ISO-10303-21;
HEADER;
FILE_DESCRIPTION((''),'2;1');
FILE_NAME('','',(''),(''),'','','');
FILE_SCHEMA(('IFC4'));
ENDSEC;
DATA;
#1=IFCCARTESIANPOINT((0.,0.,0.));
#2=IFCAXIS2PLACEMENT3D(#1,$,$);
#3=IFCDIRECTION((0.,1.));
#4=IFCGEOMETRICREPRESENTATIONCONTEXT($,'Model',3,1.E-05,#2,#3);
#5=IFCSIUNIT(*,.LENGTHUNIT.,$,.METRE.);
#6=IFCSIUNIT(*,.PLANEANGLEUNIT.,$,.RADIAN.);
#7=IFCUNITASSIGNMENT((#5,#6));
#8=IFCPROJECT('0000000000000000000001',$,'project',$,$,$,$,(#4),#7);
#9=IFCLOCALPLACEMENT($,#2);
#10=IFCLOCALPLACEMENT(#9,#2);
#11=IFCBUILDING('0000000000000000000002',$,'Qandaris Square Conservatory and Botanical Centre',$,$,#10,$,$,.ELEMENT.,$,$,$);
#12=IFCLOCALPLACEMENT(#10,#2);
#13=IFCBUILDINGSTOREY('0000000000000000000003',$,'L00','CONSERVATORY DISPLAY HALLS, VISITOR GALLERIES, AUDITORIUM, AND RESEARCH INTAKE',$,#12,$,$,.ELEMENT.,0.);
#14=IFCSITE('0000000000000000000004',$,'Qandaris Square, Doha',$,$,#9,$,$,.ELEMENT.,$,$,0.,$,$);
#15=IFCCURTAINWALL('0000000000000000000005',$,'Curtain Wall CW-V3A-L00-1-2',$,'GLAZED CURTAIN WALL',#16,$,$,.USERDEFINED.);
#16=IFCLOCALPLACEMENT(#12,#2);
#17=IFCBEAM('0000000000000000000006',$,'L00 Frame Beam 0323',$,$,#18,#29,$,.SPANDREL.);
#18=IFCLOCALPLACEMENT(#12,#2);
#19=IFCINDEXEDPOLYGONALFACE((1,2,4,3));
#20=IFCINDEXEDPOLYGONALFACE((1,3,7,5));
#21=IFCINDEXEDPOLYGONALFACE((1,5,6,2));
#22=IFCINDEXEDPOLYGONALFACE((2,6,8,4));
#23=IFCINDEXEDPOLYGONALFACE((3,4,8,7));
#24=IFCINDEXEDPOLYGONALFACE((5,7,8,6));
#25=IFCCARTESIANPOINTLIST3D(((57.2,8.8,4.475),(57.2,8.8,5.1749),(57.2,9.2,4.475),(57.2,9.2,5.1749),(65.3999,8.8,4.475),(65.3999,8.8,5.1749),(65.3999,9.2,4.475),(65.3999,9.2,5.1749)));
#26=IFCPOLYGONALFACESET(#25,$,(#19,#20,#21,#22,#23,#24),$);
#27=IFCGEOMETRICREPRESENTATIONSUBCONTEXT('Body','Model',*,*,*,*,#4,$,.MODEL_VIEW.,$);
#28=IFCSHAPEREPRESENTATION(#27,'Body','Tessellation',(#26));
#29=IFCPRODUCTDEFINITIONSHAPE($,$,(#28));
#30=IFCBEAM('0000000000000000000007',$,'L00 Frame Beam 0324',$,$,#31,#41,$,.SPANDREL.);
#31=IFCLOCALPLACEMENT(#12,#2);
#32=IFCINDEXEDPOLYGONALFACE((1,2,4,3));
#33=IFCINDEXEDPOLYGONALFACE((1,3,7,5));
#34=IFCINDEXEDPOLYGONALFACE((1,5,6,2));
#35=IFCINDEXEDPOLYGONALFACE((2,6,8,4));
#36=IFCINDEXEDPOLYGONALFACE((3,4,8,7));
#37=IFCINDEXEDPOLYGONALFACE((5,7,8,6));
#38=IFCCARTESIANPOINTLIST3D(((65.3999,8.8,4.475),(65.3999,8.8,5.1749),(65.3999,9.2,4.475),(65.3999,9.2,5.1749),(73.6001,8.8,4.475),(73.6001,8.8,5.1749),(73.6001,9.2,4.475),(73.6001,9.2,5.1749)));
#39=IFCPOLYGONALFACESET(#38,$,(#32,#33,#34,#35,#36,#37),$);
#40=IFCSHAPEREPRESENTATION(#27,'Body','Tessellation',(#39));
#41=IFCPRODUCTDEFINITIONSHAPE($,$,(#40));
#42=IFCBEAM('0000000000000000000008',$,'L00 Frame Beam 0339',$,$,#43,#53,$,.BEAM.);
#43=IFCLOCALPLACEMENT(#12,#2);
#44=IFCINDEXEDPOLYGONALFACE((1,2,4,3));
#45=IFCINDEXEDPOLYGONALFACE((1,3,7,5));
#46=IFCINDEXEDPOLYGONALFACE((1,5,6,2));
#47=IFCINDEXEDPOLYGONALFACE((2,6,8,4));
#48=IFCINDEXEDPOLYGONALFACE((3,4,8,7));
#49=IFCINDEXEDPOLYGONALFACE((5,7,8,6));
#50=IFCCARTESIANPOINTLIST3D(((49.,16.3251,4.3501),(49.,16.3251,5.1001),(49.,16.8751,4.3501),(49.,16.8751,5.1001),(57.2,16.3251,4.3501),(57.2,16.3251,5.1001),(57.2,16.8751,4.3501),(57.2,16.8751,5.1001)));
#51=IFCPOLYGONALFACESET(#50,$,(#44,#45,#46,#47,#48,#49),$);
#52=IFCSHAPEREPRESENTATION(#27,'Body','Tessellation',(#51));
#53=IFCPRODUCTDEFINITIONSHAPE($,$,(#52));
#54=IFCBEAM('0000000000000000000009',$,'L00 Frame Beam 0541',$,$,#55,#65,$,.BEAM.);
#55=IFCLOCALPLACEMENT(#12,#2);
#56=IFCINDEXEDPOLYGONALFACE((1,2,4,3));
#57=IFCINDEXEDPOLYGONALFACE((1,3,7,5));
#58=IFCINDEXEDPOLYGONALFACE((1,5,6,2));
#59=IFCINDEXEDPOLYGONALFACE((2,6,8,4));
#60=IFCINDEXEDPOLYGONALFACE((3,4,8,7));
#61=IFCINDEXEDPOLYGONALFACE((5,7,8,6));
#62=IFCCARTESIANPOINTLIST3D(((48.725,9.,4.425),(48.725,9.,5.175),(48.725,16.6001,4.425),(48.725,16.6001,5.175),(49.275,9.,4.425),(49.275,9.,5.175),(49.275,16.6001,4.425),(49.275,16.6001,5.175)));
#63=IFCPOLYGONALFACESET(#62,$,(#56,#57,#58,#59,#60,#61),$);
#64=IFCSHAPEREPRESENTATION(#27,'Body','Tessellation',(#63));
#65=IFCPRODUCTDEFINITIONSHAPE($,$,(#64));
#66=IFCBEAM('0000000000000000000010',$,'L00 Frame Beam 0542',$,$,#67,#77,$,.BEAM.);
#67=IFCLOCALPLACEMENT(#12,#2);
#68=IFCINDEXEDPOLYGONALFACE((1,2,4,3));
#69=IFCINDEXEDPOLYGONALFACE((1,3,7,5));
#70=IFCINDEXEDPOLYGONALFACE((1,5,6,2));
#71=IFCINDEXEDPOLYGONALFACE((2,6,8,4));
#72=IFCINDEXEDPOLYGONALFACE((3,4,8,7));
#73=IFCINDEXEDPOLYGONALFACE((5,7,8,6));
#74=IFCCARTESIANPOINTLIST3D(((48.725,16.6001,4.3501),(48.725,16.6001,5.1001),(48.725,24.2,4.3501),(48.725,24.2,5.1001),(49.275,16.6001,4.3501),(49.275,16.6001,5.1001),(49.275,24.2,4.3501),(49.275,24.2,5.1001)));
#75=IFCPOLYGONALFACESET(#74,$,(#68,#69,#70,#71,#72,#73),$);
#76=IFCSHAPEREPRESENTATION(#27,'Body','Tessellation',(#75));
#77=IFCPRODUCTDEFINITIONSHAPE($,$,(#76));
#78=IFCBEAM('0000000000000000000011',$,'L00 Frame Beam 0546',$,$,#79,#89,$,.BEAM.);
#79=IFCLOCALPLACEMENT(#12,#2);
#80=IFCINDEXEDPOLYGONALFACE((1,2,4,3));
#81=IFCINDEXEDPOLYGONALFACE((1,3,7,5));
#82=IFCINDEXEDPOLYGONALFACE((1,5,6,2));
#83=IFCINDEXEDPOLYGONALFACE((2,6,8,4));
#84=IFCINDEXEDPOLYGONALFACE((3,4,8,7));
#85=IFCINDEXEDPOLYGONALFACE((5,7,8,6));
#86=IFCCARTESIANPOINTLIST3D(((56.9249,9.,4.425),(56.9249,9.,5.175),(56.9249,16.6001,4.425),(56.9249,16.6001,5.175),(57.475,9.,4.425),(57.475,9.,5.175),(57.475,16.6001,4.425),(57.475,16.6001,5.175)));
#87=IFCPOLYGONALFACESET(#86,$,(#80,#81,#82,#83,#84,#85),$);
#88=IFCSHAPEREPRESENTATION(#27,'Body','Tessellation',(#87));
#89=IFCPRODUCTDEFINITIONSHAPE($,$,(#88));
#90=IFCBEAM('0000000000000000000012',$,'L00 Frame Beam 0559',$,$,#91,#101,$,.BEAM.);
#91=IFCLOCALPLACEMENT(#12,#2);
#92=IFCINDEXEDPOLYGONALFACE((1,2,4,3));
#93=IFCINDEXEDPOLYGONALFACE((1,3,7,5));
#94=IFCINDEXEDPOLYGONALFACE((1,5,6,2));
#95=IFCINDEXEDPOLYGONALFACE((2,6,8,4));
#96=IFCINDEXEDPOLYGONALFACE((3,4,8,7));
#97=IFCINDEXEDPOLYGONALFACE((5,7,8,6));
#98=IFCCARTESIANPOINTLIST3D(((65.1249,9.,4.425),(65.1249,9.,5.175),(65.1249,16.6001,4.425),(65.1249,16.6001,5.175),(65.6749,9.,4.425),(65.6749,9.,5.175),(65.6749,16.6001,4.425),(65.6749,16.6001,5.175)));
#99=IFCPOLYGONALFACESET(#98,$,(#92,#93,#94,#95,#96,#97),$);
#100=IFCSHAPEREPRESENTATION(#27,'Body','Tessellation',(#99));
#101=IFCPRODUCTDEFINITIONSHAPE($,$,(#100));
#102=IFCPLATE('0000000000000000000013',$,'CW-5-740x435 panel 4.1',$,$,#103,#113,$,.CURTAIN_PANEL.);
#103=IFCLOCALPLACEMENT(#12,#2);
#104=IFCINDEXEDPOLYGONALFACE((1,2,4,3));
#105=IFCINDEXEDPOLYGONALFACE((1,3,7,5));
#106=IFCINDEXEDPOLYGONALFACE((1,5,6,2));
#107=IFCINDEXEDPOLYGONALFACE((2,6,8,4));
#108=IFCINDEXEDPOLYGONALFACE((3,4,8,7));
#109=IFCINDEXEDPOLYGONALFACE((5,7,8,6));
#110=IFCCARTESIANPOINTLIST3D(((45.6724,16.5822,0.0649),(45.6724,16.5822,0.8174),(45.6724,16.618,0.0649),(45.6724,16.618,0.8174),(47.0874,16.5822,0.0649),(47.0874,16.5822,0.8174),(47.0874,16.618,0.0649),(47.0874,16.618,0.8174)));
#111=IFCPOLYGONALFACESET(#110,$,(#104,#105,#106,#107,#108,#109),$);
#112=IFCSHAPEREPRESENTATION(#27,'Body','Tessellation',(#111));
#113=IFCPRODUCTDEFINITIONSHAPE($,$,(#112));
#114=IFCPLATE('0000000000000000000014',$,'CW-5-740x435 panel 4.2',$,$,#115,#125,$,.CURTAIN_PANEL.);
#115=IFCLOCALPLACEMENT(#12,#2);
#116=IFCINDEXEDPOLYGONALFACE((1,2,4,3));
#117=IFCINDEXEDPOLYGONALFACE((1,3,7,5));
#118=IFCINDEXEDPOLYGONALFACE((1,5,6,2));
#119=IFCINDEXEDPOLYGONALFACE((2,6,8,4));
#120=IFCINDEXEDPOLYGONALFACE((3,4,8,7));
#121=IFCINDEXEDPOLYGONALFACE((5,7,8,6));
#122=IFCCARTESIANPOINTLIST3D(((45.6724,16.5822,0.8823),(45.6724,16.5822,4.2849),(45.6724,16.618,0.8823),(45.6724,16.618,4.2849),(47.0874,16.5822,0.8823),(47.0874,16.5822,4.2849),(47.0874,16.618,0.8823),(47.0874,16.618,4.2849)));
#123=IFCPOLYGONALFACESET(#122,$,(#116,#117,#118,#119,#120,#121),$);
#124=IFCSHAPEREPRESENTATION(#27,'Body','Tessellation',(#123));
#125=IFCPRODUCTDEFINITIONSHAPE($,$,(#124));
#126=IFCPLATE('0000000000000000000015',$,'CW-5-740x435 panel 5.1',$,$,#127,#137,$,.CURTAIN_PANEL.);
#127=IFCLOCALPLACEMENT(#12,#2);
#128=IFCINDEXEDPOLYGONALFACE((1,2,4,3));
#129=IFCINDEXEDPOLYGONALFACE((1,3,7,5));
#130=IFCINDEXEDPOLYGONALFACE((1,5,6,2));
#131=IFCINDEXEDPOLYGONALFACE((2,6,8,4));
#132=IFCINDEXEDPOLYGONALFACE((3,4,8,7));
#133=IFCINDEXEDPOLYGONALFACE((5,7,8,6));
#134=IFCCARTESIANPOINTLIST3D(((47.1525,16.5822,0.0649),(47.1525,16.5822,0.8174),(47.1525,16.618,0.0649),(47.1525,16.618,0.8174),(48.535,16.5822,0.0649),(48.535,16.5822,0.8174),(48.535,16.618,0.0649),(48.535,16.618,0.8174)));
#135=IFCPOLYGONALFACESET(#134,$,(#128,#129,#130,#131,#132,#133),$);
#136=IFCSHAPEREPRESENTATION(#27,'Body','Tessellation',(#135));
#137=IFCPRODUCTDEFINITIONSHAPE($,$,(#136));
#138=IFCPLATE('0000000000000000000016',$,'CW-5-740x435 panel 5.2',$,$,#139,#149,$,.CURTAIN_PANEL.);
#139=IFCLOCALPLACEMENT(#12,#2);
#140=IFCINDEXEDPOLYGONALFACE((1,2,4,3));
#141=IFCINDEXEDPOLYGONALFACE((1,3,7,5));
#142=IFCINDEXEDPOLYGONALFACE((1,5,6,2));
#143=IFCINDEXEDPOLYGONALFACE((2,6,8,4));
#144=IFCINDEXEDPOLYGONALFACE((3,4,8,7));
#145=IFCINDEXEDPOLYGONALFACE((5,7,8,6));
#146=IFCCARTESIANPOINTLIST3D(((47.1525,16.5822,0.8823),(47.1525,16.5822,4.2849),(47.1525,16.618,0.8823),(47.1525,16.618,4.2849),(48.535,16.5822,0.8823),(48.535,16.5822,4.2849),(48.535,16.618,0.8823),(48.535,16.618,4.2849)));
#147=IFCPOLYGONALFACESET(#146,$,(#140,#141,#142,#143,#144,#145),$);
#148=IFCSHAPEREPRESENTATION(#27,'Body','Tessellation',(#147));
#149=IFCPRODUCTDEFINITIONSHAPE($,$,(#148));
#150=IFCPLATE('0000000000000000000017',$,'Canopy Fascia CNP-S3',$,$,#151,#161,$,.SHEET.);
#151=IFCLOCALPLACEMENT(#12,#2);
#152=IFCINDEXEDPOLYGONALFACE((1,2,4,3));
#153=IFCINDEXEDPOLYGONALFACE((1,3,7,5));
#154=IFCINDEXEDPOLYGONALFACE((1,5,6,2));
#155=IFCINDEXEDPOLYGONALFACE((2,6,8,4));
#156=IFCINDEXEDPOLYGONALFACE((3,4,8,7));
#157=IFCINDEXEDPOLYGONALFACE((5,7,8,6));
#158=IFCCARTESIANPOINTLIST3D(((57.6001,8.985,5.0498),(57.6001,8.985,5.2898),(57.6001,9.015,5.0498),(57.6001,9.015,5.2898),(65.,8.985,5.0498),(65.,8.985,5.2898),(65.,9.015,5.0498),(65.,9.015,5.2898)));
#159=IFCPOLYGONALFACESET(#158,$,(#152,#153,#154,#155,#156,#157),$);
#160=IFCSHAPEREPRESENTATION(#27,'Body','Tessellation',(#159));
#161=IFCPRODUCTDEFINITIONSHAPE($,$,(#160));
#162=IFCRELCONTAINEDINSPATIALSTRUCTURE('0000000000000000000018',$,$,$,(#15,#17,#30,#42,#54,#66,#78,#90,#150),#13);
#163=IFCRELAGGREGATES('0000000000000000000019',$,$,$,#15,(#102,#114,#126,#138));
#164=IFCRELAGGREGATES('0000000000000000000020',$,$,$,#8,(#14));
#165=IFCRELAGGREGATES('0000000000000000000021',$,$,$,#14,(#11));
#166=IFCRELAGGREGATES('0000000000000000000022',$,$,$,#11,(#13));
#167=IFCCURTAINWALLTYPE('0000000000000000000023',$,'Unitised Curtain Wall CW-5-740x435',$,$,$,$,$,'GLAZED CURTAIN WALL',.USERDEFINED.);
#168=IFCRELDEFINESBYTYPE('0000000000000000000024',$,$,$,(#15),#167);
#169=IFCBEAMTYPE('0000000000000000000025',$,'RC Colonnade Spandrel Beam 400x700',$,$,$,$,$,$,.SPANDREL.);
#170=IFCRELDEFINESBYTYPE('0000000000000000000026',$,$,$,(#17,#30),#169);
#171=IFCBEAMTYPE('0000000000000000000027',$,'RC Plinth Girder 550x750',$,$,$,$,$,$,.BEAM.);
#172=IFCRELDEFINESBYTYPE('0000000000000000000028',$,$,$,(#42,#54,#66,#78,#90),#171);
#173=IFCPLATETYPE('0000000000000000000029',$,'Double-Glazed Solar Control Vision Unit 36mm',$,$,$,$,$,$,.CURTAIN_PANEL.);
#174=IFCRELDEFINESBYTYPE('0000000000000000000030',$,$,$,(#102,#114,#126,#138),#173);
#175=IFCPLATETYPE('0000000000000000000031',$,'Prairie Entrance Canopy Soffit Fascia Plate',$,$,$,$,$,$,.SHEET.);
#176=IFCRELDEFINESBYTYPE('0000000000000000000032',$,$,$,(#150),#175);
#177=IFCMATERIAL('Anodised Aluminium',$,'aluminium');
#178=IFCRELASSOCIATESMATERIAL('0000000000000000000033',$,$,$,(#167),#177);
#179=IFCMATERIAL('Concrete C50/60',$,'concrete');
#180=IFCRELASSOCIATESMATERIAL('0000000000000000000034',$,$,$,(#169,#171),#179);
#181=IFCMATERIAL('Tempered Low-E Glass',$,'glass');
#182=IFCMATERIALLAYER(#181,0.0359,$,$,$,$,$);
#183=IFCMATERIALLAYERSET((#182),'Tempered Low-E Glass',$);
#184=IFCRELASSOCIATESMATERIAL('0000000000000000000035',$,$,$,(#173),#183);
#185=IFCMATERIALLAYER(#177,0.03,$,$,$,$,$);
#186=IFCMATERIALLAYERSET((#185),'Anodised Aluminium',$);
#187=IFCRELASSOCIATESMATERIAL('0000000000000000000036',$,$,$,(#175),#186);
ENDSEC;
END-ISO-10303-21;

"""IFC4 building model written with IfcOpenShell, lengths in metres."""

from ifc_helpers import new_model, si_unit, direction, frame, origin, origin_2d, place, context, subcontext, project, spatial, rectangle, extrude, material, layer, layer_set, material_profile, profile_set, type_object, element, aggregate, save


model = new_model("IFC4")

# Units and contexts
model_context = context("Model", 3, precision=1e-05, world=origin(), true_north=direction((0.0, 1.0)))
body_context = subcontext(model_context, "Body", "Model", "MODEL_VIEW")
ifc_project = project(units=[si_unit("LENGTHUNIT", "METRE"), si_unit("PLANEANGLEUNIT", "RADIAN")], contexts=[model_context])

# Site, building, storey
site_placement = place(None, origin())
site = spatial("IfcSite", under=ifc_project, at=site_placement, Name="Qandaris Square, Doha", CompositionType="ELEMENT", RefElevation=0.0)
building_placement = place(site_placement, origin())
building = spatial("IfcBuilding", under=site, at=building_placement, Name="Qandaris Square Conservatory and Botanical Centre", CompositionType="ELEMENT")
storey_placement = place(building_placement, origin())
storey = spatial("IfcBuildingStorey", under=building, at=storey_placement, Name="L00", Description="CONSERVATORY DISPLAY HALLS, VISITOR GALLERIES, AUDITORIUM, AND RESEARCH INTAKE", CompositionType="ELEMENT", Elevation=0.0)

# Shared definitions
ifc_material_1 = material(Name="Concrete C50/60", Category="concrete")

# Curtain wall
ifc_material_2 = material(Name="Anodised Aluminium", Category="aluminium")
curtain_wall_type = type_object("IfcCurtainWallType", Name="Unitised Curtain Wall CW-5-740x435", ElementType="GLAZED CURTAIN WALL", PredefinedType="USERDEFINED", material=ifc_material_2)
curtain_wall_placement = place(storey_placement, origin())
curtain_wall = element("IfcCurtainWall", 1, at=curtain_wall_placement, inside=storey, type_object=curtain_wall_type, Name="Curtain Wall CW-V3A-L00-1-2", ObjectType="GLAZED CURTAIN WALL", PredefinedType="USERDEFINED")

# Beams
ifc_material_profile_1 = material_profile(ifc_material_1, rectangle(XDim=0.3999, YDim=0.7, at=origin_2d()), Name="RC-SP 400x700")
ifc_profile_set_1 = profile_set([ifc_material_profile_1], Name="Concrete C50/60")
beam_type_1 = type_object("IfcBeamType", Name="RC Colonnade Spandrel Beam 400x700", PredefinedType="SPANDREL", material=ifc_profile_set_1)
for number, where, z_axis, x_axis, name in (
    (2, (57.2, 9.0, 4.825), (1.0, 0.0, 0.0), (0.0, 1.0, 0.0), "L00 Frame Beam 0323"),
):
    element("IfcBeam", number, at=place(storey_placement, frame(where, z_axis=z_axis, x_axis=x_axis)), inside=storey, type_object=beam_type_1, Name=name, PredefinedType="SPANDREL", context=body_context, shape_type="SweptSolid", body=[
        extrude(rectangle(XDim=0.3999, YDim=0.7, at=origin_2d()), origin(), (0.0, 0.0, 1.0), 8.2),
    ])
beam_1_placement = place(storey_placement, frame((65.3999, 9.0, 4.825), z_axis=(1.0, 0.0, 0.0), x_axis=(0.0, 1.0, 0.0)))
element("IfcBeam", 3, at=beam_1_placement, inside=storey, type_object=beam_type_1, Name="L00 Frame Beam 0324", PredefinedType="SPANDREL", context=body_context, shape_type="SweptSolid", body=[
    extrude(rectangle(XDim=0.3999, YDim=0.7, at=origin_2d()), origin(), (0.0, 0.0, 1.0), 8.2002),
])
ifc_material_profile_2 = material_profile(ifc_material_1, rectangle(XDim=0.55, YDim=0.75, at=origin_2d()), Name="RC-BM 550x750")
ifc_profile_set_2 = profile_set([ifc_material_profile_2], Name="Concrete C50/60")
beam_type_2 = type_object("IfcBeamType", Name="RC Plinth Girder 550x750", PredefinedType="BEAM", material=ifc_profile_set_2)
beam_2_placement = place(storey_placement, frame((49.0, 16.6001, 4.7251), z_axis=(1.0, 0.0, 0.0), x_axis=(0.0, 1.0, 0.0)))
element("IfcBeam", 4, at=beam_2_placement, inside=storey, type_object=beam_type_2, Name="L00 Frame Beam 0339", PredefinedType="BEAM", context=body_context, shape_type="SweptSolid", body=[
    extrude(rectangle(XDim=0.55, YDim=0.75, at=origin_2d()), origin(), (0.0, 0.0, 1.0), 8.2),
])
beam_3_placement = place(storey_placement, frame((49.0, 9.0, 4.8), z_axis=(0.0, 1.0, 0.0), x_axis=(-1.0, 0.0, 0.0)))
element("IfcBeam", 5, at=beam_3_placement, inside=storey, type_object=beam_type_2, Name="L00 Frame Beam 0541", PredefinedType="BEAM", context=body_context, shape_type="SweptSolid", body=[
    extrude(rectangle(XDim=0.55, YDim=0.75, at=origin_2d()), origin(), (0.0, 0.0, 1.0), 7.6001),
])
beam_4_placement = place(storey_placement, frame((49.0, 16.6001, 4.7251), z_axis=(0.0, 1.0, 0.0), x_axis=(-1.0, 0.0, 0.0)))
element("IfcBeam", 6, at=beam_4_placement, inside=storey, type_object=beam_type_2, Name="L00 Frame Beam 0542", PredefinedType="BEAM", context=body_context, shape_type="SweptSolid", body=[
    extrude(rectangle(XDim=0.55, YDim=0.75, at=origin_2d()), origin(), (0.0, 0.0, 1.0), 7.5999),
])
for number, where, z_axis, x_axis, name in (
    (7, (57.2, 9.0, 4.8), (0.0, 1.0, 0.0), (-1.0, 0.0, 0.0), "L00 Frame Beam 0546"),
    (8, (65.3999, 9.0, 4.8), (0.0, 1.0, 0.0), (-1.0, 0.0, 0.0), "L00 Frame Beam 0559"),
):
    element("IfcBeam", number, at=place(storey_placement, frame(where, z_axis=z_axis, x_axis=x_axis)), inside=storey, type_object=beam_type_2, Name=name, PredefinedType="BEAM", context=body_context, shape_type="SweptSolid", body=[
        extrude(rectangle(XDim=0.55, YDim=0.75, at=origin_2d()), origin(), (0.0, 0.0, 1.0), 7.6001),
    ])

# Plates
ifc_material_3 = material(Name="Tempered Low-E Glass", Category="glass")
ifc_layer_1 = layer(ifc_material_3, 0.0359)
ifc_layer_set_1 = layer_set([ifc_layer_1], Name="Tempered Low-E Glass")
plate_type_1 = type_object("IfcPlateType", Name="Double-Glazed Solar Control Vision Unit 36mm", PredefinedType="CURTAIN_PANEL", material=ifc_layer_set_1)
plate_1_placement = place(storey_placement, frame((46.3799, 16.6001, 0.0649), z_axis=(0.0, 0.0, 1.0), x_axis=(1.0, 0.0, 0.0)))
plate_1 = element("IfcPlate", 9, at=plate_1_placement, type_object=plate_type_1, Name="CW-5-740x435 panel 4.1", PredefinedType="CURTAIN_PANEL", context=body_context, shape_type="SweptSolid", body=[
    extrude(rectangle(XDim=1.415, YDim=0.0359, at=origin_2d()), origin(), (0.0, 0.0, 1.0), 0.7524),
])
plate_2_placement = place(storey_placement, frame((46.3799, 16.6001, 0.8823), z_axis=(0.0, 0.0, 1.0), x_axis=(1.0, 0.0, 0.0)))
plate_2 = element("IfcPlate", 10, at=plate_2_placement, type_object=plate_type_1, Name="CW-5-740x435 panel 4.2", PredefinedType="CURTAIN_PANEL", context=body_context, shape_type="SweptSolid", body=[
    extrude(rectangle(XDim=1.415, YDim=0.0359, at=origin_2d()), origin(), (0.0, 0.0, 1.0), 3.4026),
])
plate_3_placement = place(storey_placement, frame((47.8438, 16.6001, 0.0649), z_axis=(0.0, 0.0, 1.0), x_axis=(1.0, 0.0, 0.0)))
plate_3 = element("IfcPlate", 11, at=plate_3_placement, type_object=plate_type_1, Name="CW-5-740x435 panel 5.1", PredefinedType="CURTAIN_PANEL", context=body_context, shape_type="SweptSolid", body=[
    extrude(rectangle(XDim=1.3826, YDim=0.0359, at=origin_2d()), origin(), (0.0, 0.0, 1.0), 0.7524),
])
plate_4_placement = place(storey_placement, frame((47.8438, 16.6001, 0.8823), z_axis=(0.0, 0.0, 1.0), x_axis=(1.0, 0.0, 0.0)))
plate_4 = element("IfcPlate", 12, at=plate_4_placement, type_object=plate_type_1, Name="CW-5-740x435 panel 5.2", PredefinedType="CURTAIN_PANEL", context=body_context, shape_type="SweptSolid", body=[
    extrude(rectangle(XDim=1.3826, YDim=0.0359, at=origin_2d()), origin(), (0.0, 0.0, 1.0), 3.4026),
])
aggregate(curtain_wall, [plate_1, plate_2, plate_3, plate_4])
ifc_layer_2 = layer(ifc_material_2, 0.03)
ifc_layer_set_2 = layer_set([ifc_layer_2], Name="Anodised Aluminium")
plate_type_2 = type_object("IfcPlateType", Name="Prairie Entrance Canopy Soffit Fascia Plate", PredefinedType="SHEET", material=ifc_layer_set_2)
plate_5_placement = place(storey_placement, frame((61.3, 9.0, 5.0498), z_axis=(0.0, 0.0, 1.0), x_axis=(1.0, 0.0, 0.0)))
element("IfcPlate", 13, at=plate_5_placement, inside=storey, type_object=plate_type_2, Name="Canopy Fascia CNP-S3", PredefinedType="SHEET", context=body_context, shape_type="SweptSolid", body=[
    extrude(rectangle(XDim=7.3999, YDim=0.03, at=origin_2d()), origin(), (0.0, 0.0, 1.0), 0.24),
])

save(model, "model.ifc")
